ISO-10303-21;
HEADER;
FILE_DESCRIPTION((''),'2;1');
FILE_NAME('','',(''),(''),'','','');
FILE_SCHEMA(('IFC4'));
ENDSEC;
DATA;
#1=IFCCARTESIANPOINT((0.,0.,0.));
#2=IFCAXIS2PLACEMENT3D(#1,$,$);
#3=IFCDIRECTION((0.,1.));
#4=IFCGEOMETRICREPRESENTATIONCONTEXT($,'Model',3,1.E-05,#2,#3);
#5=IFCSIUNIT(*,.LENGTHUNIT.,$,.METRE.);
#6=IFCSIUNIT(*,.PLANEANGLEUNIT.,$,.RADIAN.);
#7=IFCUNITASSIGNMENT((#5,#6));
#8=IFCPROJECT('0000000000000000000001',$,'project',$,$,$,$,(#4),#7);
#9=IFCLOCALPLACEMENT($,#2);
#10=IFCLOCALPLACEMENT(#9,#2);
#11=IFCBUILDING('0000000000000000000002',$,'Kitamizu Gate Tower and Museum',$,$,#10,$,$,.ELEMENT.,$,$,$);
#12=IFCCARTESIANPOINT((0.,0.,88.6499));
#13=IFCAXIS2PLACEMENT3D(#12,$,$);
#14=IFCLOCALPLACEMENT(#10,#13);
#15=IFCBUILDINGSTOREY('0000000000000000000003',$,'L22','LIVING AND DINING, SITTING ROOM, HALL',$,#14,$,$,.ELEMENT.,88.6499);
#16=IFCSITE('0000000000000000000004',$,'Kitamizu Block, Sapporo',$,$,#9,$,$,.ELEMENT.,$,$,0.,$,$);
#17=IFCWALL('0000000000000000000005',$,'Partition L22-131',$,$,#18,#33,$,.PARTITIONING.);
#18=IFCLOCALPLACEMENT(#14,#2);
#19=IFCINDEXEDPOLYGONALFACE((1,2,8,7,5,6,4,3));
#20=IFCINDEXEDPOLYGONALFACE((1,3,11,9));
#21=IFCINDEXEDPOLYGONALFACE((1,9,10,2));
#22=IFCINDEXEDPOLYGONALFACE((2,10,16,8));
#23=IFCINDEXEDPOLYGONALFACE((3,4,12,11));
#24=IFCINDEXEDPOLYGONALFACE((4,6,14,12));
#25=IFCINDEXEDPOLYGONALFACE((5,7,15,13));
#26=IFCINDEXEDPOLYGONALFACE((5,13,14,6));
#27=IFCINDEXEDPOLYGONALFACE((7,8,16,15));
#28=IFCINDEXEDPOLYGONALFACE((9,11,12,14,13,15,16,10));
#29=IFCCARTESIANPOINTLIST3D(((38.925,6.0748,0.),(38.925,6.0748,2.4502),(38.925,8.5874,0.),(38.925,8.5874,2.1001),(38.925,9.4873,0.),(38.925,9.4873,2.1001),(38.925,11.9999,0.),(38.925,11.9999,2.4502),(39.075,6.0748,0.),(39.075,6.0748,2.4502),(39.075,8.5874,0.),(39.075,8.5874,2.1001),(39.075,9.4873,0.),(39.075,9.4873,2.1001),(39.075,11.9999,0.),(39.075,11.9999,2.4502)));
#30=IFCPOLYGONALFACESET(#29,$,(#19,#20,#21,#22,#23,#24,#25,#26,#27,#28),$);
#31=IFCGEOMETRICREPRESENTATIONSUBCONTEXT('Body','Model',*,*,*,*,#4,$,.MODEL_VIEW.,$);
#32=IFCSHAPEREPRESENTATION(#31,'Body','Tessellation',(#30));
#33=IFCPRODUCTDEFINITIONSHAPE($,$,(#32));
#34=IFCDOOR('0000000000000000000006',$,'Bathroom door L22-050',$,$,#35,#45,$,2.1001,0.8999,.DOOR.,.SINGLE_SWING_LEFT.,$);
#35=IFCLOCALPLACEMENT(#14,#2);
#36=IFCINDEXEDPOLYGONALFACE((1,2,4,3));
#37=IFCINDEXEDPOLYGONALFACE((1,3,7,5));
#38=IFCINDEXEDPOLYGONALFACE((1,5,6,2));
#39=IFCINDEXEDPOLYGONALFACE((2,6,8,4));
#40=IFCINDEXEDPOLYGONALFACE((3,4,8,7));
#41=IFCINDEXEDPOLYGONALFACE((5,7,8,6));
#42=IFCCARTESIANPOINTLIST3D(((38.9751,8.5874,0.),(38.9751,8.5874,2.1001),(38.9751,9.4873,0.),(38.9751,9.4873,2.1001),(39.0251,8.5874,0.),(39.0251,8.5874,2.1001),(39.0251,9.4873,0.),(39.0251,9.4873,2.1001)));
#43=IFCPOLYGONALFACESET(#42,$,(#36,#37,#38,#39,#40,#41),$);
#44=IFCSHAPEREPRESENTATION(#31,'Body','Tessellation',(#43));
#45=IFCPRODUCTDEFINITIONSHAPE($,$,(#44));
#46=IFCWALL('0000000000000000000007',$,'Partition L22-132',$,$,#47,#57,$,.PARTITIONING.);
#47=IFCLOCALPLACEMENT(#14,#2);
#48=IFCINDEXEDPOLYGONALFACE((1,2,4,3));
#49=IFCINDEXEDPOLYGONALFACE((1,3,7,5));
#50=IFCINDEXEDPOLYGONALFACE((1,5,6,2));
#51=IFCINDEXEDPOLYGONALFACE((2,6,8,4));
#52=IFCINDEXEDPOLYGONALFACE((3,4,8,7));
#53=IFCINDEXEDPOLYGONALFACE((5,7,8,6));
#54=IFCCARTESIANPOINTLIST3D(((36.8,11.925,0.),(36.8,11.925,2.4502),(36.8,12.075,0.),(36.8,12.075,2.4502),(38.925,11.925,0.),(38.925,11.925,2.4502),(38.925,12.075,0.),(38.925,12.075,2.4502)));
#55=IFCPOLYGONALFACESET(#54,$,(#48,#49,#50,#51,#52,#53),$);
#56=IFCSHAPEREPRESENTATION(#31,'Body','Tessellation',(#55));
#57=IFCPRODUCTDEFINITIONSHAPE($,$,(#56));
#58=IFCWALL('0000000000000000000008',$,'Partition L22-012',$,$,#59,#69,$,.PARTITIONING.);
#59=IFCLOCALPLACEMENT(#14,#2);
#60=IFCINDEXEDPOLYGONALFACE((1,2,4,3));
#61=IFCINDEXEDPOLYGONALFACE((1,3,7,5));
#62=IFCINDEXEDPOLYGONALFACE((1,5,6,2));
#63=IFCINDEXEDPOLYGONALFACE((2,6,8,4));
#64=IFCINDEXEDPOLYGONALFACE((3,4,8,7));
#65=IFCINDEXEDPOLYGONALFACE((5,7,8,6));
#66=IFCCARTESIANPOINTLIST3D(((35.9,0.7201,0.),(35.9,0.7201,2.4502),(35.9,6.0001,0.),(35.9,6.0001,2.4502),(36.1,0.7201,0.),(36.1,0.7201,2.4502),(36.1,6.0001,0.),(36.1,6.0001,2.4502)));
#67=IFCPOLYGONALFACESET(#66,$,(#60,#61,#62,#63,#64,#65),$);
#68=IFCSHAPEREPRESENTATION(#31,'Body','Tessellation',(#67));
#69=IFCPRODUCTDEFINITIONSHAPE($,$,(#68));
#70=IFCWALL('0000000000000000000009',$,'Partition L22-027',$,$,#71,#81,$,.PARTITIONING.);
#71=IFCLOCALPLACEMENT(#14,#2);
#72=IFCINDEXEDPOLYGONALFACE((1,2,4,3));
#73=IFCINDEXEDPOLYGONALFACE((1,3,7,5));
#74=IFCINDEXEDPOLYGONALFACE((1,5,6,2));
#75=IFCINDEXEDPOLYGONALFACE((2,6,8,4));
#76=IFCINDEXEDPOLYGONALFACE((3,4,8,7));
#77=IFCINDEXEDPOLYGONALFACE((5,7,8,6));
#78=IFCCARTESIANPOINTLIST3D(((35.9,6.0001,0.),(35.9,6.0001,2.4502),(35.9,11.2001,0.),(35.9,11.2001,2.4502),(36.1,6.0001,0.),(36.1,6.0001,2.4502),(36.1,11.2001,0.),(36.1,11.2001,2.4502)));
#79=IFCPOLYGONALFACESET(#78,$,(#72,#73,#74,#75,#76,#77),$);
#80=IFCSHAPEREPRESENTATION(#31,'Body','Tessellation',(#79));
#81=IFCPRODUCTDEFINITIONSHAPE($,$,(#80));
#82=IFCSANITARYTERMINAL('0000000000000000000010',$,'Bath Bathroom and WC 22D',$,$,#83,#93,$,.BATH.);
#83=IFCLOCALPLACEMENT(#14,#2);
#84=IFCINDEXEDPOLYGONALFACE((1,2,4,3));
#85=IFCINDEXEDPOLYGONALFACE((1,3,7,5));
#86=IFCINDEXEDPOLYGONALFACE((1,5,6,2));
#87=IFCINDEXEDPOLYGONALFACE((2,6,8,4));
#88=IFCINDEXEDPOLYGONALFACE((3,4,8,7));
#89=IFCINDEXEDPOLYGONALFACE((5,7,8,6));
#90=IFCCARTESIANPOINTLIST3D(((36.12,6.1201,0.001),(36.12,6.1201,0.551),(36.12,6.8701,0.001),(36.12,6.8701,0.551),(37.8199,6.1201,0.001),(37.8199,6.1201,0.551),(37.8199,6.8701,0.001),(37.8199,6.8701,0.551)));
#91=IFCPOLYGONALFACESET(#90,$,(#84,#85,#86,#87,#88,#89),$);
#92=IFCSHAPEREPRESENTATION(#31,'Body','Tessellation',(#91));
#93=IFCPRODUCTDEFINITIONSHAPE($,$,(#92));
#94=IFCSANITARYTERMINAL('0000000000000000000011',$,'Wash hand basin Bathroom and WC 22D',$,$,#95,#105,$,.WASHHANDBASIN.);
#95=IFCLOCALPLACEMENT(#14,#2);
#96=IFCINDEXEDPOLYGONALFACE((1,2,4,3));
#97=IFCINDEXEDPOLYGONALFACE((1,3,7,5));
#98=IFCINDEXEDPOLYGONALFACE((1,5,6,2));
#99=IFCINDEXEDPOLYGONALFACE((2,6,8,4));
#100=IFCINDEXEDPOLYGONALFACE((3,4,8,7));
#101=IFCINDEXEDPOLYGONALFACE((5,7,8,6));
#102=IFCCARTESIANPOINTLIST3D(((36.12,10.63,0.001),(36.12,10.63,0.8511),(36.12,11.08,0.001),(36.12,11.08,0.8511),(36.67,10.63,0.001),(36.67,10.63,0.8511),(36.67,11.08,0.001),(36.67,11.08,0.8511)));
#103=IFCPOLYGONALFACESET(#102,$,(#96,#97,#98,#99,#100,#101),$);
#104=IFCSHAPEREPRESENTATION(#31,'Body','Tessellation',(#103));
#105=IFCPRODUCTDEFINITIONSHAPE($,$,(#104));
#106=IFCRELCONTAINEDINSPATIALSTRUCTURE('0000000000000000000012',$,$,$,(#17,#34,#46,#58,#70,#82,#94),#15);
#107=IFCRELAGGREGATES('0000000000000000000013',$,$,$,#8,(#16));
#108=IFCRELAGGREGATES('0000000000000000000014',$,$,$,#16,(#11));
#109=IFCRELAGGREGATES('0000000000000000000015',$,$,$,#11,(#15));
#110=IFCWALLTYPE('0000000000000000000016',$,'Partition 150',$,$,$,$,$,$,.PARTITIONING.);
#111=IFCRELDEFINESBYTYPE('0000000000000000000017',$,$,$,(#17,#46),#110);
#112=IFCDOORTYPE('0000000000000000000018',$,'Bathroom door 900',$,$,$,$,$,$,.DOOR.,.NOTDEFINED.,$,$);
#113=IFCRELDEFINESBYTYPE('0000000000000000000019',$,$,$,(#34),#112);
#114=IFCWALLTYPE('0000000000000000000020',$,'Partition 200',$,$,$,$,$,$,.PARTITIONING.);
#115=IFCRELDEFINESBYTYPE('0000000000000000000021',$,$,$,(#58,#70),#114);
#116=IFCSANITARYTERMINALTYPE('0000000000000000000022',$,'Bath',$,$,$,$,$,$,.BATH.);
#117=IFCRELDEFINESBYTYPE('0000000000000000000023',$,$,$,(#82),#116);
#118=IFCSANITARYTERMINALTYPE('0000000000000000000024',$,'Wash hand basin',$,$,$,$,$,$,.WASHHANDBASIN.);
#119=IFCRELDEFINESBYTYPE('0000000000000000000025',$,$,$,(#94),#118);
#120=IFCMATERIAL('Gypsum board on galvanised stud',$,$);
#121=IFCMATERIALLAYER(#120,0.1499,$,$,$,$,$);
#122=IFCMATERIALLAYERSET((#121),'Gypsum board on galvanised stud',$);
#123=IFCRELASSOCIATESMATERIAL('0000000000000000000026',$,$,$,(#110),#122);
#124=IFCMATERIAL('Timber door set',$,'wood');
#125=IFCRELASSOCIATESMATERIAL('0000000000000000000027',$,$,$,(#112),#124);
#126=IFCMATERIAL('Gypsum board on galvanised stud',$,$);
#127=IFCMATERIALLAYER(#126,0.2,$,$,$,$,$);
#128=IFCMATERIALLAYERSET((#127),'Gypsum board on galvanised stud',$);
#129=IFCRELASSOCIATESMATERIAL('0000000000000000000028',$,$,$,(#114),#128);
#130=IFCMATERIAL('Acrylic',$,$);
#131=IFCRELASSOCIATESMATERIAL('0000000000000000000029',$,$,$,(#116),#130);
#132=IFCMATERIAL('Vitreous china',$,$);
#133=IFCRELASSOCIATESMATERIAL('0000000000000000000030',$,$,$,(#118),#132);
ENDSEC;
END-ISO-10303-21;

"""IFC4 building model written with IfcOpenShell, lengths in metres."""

from ifc_helpers import new_model, si_unit, direction, frame, frame_2d, origin, origin_2d, place, context, subcontext, project, spatial, rectangle, extrude, material, layer, layer_set, type_object, element, fill, save


model = new_model("IFC4")

# Units and contexts
model_context = context("Model", 3, precision=1e-05, world=origin(), true_north=direction((0.0, 1.0)))
body_context = subcontext(model_context, "Body", "Model", "MODEL_VIEW")
ifc_project = project(units=[si_unit("LENGTHUNIT", "METRE"), si_unit("PLANEANGLEUNIT", "RADIAN")], contexts=[model_context])

# Site, building, storey
site_placement = place(None, origin())
site = spatial("IfcSite", under=ifc_project, at=site_placement, Name="Kitamizu Block, Sapporo", CompositionType="ELEMENT", RefElevation=0.0)
building_placement = place(site_placement, origin())
building = spatial("IfcBuilding", under=site, at=building_placement, Name="Kitamizu Gate Tower and Museum", CompositionType="ELEMENT")
storey_placement = place(building_placement, frame((0.0, 0.0, 88.6499)))
storey = spatial("IfcBuildingStorey", under=building, at=storey_placement, Name="L22", Description="LIVING AND DINING, SITTING ROOM, HALL", CompositionType="ELEMENT", Elevation=88.6499)

# Shared definitions
ifc_material_1 = material(Name="Gypsum board on galvanised stud")
ifc_layer_1 = layer(ifc_material_1, 0.1499)
ifc_layer_set_1 = layer_set([ifc_layer_1], Name="Gypsum board on galvanised stud")
wall_type_1 = type_object("IfcWallType", Name="Partition 150", PredefinedType="PARTITIONING", material=ifc_layer_set_1)

# Wall, opening, door
wall_1_placement = place(storey_placement, frame((39.0, 6.075, 0.0), z_axis=(0.0, 0.0, 1.0), x_axis=(0.0, 1.0, 0.0)))
wall_1 = element("IfcWall", 1, at=wall_1_placement, inside=storey, type_object=wall_type_1, Name="Partition L22-131", PredefinedType="PARTITIONING", context=body_context, shape_type="SweptSolid", body=[
    extrude(rectangle(XDim=5.925, YDim=0.1499, at=frame_2d((2.9624, 0.0))), origin(), (0.0, 0.0, 1.0), 2.4502),
])
opening_1_placement = place(wall_1_placement, frame((2.5125, 0.0, 0.0)))
opening_1 = element("IfcOpeningElement", 2, at=opening_1_placement, cuts=wall_1, PredefinedType="OPENING", context=body_context, shape_type="SweptSolid", body=[
    extrude(rectangle(XDim=0.8999, YDim=2.1001, at=frame_2d((0.45, 1.05))), frame((0.0, 0.085, 0.0), z_axis=(0.0, -1.0, 0.0), x_axis=(1.0, 0.0, 0.0)), (0.0, 0.0, 1.0), 0.1699),
])
ifc_material_2 = material(Name="Timber door set", Category="wood")
door_type_1 = type_object("IfcDoorType", Name="Bathroom door 900", OperationType="NOTDEFINED", PredefinedType="DOOR", material=ifc_material_2)
door_1_placement = place(opening_1_placement, origin())
door_1 = element("IfcDoor", 3, at=door_1_placement, inside=storey, type_object=door_type_1, Name="Bathroom door L22-050", OperationType="SINGLE_SWING_LEFT", OverallHeight=2.1001, OverallWidth=0.8999, PredefinedType="DOOR", context=body_context, shape_type="SweptSolid", body=[
    extrude(rectangle(XDim=0.8999, YDim=2.1001, at=frame_2d((0.45, 1.05))), frame((0.0, 0.0249, 0.0), z_axis=(0.0, -1.0, 0.0), x_axis=(1.0, 0.0, 0.0)), (0.0, 0.0, 1.0), 0.05),
])
fill(opening_1, door_1)

# Walls
wall_2_placement = place(storey_placement, frame((38.925, 12.0, 0.0), z_axis=(0.0, 0.0, 1.0), x_axis=(-1.0, 0.0, 0.0)))
element("IfcWall", 4, at=wall_2_placement, inside=storey, type_object=wall_type_1, Name="Partition L22-132", PredefinedType="PARTITIONING", context=body_context, shape_type="SweptSolid", body=[
    extrude(rectangle(XDim=2.125, YDim=0.1499, at=frame_2d((1.0625, 0.0))), origin(), (0.0, 0.0, 1.0), 2.4502),
])
ifc_material_3 = material(Name="Gypsum board on galvanised stud")
ifc_layer_2 = layer(ifc_material_3, 0.2)
ifc_layer_set_2 = layer_set([ifc_layer_2], Name="Gypsum board on galvanised stud")
wall_type_2 = type_object("IfcWallType", Name="Partition 200", PredefinedType="PARTITIONING", material=ifc_layer_set_2)
wall_3_placement = place(storey_placement, frame((36.0, 0.72, 0.0), z_axis=(0.0, 0.0, 1.0), x_axis=(0.0, 1.0, 0.0)))
element("IfcWall", 5, at=wall_3_placement, inside=storey, type_object=wall_type_2, Name="Partition L22-012", PredefinedType="PARTITIONING", context=body_context, shape_type="SweptSolid", body=[
    extrude(rectangle(XDim=5.28, YDim=0.2, at=frame_2d((2.6401, 0.0))), origin(), (0.0, 0.0, 1.0), 2.4502),
])
wall_4_placement = place(storey_placement, frame((36.0, 6.0, 0.0), z_axis=(0.0, 0.0, 1.0), x_axis=(0.0, 1.0, 0.0)))
element("IfcWall", 6, at=wall_4_placement, inside=storey, type_object=wall_type_2, Name="Partition L22-027", PredefinedType="PARTITIONING", context=body_context, shape_type="SweptSolid", body=[
    extrude(rectangle(XDim=5.2, YDim=0.2, at=frame_2d((2.6001, 0.0))), origin(), (0.0, 0.0, 1.0), 2.4502),
])

# Sanitary terminals
ifc_material_4 = material(Name="Acrylic")
sanitary_terminal_type_1 = type_object("IfcSanitaryTerminalType", Name="Bath", PredefinedType="BATH", material=ifc_material_4)
sanitary_terminal_1_placement = place(storey_placement, frame((36.97, 6.4951, 0.001), z_axis=(0.0, 0.0, 1.0), x_axis=(1.0, 0.0, 0.0)))
element("IfcSanitaryTerminal", 7, at=sanitary_terminal_1_placement, inside=storey, type_object=sanitary_terminal_type_1, Name="Bath Bathroom and WC 22D", PredefinedType="BATH", context=body_context, shape_type="SweptSolid", body=[
    extrude(rectangle(XDim=1.7, YDim=0.75, at=origin_2d()), origin(), (0.0, 0.0, 1.0), 0.55),
])
ifc_material_5 = material(Name="Vitreous china")
sanitary_terminal_type_2 = type_object("IfcSanitaryTerminalType", Name="Wash hand basin", PredefinedType="WASHHANDBASIN", material=ifc_material_5)
sanitary_terminal_2_placement = place(storey_placement, frame((36.395, 10.855, 0.001), z_axis=(0.0, 0.0, 1.0), x_axis=(1.0, 0.0, 0.0)))
element("IfcSanitaryTerminal", 8, at=sanitary_terminal_2_placement, inside=storey, type_object=sanitary_terminal_type_2, Name="Wash hand basin Bathroom and WC 22D", PredefinedType="WASHHANDBASIN", context=body_context, shape_type="SweptSolid", body=[
    extrude(rectangle(XDim=0.55, YDim=0.45, at=origin_2d()), origin(), (0.0, 0.0, 1.0), 0.8501),
])

save(model, "model.ifc")
